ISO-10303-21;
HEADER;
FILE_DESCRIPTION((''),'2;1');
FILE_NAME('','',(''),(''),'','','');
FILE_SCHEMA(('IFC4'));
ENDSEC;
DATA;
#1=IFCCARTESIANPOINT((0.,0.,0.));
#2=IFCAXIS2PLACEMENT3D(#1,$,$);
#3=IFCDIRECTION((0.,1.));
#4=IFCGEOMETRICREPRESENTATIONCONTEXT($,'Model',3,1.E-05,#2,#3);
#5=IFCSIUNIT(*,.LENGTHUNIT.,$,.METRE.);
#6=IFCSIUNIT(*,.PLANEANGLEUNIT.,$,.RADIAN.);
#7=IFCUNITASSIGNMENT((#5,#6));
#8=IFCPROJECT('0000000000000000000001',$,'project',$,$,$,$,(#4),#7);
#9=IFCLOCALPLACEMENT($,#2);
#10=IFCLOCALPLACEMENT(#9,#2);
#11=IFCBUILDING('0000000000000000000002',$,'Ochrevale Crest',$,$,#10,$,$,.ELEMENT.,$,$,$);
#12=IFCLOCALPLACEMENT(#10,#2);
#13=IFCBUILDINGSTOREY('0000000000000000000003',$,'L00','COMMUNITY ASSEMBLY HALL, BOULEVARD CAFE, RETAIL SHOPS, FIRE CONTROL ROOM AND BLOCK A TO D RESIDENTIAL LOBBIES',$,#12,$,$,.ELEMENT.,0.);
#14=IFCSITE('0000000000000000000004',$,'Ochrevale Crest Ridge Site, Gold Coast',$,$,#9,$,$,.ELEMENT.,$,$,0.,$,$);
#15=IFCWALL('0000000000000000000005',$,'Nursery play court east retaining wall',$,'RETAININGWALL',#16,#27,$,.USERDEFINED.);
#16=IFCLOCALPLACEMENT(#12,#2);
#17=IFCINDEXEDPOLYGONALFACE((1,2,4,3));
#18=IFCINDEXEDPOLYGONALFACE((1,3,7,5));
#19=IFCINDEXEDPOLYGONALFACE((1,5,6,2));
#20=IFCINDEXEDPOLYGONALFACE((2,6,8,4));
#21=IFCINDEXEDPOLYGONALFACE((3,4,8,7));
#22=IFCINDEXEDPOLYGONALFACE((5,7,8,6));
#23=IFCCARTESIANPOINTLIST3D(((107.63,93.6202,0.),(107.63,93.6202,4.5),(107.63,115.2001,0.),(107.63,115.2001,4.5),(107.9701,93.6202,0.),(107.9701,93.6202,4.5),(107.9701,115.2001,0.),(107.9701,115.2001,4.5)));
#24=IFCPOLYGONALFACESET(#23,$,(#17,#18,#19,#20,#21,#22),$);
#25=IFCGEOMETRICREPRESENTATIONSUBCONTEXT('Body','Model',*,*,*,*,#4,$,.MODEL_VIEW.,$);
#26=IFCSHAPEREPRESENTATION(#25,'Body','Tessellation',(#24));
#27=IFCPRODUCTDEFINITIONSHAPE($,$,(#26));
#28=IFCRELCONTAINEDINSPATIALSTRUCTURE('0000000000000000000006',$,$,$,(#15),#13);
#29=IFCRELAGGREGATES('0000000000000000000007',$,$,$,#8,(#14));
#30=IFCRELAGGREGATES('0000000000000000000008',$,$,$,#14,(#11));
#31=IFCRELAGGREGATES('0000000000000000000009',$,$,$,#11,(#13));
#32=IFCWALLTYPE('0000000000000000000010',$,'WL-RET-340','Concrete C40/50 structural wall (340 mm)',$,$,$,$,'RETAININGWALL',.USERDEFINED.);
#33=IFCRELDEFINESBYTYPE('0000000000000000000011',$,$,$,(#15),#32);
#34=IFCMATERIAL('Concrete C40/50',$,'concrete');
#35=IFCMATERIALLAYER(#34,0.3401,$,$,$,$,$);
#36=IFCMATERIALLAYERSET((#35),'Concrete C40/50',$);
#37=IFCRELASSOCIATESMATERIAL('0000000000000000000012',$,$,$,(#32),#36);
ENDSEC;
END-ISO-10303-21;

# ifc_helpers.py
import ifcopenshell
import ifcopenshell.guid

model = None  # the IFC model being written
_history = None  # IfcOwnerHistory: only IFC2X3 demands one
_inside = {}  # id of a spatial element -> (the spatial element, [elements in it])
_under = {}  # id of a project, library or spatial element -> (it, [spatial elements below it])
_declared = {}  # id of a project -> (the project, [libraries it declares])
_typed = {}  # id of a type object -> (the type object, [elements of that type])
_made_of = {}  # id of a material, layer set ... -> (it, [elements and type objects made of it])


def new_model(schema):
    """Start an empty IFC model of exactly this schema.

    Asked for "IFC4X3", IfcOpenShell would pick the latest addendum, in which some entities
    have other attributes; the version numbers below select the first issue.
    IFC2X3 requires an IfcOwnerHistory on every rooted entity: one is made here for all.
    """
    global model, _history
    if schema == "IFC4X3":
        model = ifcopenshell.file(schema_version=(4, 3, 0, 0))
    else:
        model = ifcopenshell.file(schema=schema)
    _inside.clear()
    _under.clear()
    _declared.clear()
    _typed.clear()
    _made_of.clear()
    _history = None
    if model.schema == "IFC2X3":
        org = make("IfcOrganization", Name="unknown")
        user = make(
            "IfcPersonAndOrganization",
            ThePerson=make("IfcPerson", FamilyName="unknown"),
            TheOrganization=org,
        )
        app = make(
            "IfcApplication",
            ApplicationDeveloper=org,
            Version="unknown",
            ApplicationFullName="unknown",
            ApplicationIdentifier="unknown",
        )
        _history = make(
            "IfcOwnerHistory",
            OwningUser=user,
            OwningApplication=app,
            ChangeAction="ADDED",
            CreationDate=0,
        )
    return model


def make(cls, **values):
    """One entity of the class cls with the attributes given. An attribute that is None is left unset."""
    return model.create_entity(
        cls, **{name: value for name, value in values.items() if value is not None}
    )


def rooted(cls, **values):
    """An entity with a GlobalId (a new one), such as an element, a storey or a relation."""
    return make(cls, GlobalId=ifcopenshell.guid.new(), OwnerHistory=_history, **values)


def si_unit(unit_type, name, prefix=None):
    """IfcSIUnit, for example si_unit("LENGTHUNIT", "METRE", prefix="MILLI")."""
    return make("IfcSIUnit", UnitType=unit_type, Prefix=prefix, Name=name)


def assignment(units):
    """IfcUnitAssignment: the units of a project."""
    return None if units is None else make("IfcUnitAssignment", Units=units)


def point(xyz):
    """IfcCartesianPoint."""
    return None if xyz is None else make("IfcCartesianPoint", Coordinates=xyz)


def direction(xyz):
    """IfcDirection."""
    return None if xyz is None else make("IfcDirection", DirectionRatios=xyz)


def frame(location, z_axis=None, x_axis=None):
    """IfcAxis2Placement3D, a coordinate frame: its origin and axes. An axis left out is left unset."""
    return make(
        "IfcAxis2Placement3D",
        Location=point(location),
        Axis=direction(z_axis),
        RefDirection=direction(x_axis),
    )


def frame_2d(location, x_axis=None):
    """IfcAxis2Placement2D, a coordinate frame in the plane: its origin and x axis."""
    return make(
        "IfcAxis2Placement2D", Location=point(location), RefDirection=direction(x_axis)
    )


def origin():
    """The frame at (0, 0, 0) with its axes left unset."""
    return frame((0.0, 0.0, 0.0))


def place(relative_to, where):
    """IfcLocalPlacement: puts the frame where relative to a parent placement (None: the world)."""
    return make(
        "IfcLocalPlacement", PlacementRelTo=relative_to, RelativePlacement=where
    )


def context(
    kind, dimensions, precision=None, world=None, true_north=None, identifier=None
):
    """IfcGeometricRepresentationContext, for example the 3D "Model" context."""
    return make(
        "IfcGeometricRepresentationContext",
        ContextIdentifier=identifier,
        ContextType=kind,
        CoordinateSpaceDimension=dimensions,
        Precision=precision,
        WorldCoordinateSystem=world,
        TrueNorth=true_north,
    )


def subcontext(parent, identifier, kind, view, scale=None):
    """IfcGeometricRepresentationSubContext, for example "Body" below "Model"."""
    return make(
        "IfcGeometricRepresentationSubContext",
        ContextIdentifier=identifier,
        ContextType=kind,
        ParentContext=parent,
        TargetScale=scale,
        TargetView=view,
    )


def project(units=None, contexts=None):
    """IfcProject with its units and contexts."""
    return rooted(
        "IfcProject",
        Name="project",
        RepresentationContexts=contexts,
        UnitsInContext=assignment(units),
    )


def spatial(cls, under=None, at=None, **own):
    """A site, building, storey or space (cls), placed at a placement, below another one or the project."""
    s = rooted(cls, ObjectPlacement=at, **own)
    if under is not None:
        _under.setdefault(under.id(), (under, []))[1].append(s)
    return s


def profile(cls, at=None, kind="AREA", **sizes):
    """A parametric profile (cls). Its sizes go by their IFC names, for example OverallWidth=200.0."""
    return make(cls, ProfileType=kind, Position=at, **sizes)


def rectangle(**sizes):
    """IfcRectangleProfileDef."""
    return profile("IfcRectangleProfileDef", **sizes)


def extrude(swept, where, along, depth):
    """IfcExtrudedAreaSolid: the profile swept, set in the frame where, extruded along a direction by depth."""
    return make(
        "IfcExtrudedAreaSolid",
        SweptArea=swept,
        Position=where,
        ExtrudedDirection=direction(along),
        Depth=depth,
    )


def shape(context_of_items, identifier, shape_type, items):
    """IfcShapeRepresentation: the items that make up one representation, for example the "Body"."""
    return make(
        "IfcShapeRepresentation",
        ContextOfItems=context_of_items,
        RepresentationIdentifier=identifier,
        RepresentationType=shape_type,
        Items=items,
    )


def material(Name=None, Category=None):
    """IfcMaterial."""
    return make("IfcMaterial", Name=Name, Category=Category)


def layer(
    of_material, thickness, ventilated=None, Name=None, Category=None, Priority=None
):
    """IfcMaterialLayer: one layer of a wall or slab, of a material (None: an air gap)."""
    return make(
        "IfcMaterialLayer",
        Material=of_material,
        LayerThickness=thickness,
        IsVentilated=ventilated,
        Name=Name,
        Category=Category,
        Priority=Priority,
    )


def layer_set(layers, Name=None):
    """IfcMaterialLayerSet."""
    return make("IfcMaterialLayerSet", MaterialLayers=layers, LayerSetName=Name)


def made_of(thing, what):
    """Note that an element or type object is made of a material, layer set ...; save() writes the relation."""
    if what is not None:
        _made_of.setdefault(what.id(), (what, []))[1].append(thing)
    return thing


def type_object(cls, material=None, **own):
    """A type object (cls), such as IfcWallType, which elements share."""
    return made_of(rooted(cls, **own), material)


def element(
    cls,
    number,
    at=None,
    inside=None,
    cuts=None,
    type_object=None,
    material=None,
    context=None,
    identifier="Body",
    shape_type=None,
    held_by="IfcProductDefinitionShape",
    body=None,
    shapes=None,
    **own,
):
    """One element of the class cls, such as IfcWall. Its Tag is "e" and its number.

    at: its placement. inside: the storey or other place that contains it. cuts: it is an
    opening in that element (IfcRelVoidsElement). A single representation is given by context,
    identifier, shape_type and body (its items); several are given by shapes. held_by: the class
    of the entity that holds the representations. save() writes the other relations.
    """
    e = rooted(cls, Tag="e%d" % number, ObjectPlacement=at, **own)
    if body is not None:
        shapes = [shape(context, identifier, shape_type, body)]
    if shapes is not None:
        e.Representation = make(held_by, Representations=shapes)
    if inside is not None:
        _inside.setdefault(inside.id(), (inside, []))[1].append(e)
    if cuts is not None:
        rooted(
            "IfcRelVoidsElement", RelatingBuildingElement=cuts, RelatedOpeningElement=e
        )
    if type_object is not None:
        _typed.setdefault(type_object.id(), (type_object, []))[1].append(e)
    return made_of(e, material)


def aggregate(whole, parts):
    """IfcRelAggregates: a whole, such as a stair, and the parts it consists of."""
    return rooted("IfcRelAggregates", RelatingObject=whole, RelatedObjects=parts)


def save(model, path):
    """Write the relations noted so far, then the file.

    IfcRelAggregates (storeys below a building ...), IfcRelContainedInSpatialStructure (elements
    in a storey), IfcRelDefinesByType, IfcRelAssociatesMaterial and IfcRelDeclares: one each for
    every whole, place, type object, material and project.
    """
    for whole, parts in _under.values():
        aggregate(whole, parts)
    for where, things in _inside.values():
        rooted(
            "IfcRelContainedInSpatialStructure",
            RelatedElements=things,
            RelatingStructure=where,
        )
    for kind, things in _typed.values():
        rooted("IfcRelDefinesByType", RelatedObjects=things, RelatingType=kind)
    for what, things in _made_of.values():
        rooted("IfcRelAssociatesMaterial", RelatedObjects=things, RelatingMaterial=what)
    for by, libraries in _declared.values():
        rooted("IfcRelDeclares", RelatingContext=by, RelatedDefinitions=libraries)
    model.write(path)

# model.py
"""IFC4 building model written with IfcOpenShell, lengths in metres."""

from ifc_helpers import new_model, si_unit, direction, frame, frame_2d, origin, place, context, subcontext, project, spatial, rectangle, extrude, material, layer, layer_set, type_object, element, save


model = new_model("IFC4")

# Units and contexts
model_context = context("Model", 3, precision=1e-05, world=origin(), true_north=direction((0.0, 1.0)))
body_context = subcontext(model_context, "Body", "Model", "MODEL_VIEW")
ifc_project = project(units=[si_unit("LENGTHUNIT", "METRE"), si_unit("PLANEANGLEUNIT", "RADIAN")], contexts=[model_context])

# Site, building, storey
site_placement = place(None, origin())
site = spatial("IfcSite", under=ifc_project, at=site_placement, Name="Ochrevale Crest Ridge Site, Gold Coast", CompositionType="ELEMENT", RefElevation=0.0)
building_placement = place(site_placement, origin())
building = spatial("IfcBuilding", under=site, at=building_placement, Name="Ochrevale Crest", CompositionType="ELEMENT")
storey_placement = place(building_placement, origin())
storey = spatial("IfcBuildingStorey", under=building, at=storey_placement, Name="L00", Description="COMMUNITY ASSEMBLY HALL, BOULEVARD CAFE, RETAIL SHOPS, FIRE CONTROL ROOM AND BLOCK A TO D RESIDENTIAL LOBBIES", CompositionType="ELEMENT", Elevation=0.0)

# Wall
ifc_material_1 = material(Name="Concrete C40/50", Category="concrete")
ifc_layer = layer(ifc_material_1, 0.3401)
ifc_layer_set = layer_set([ifc_layer], Name="Concrete C40/50")
wall_type = type_object("IfcWallType", Name="WL-RET-340", Description="Concrete C40/50 structural wall (340 mm)", ElementType="RETAININGWALL", PredefinedType="USERDEFINED", material=ifc_layer_set)
wall_placement = place(storey_placement, frame((107.8, 93.6201, 0.0), z_axis=(0.0, 0.0, 1.0), x_axis=(0.0, 1.0, 0.0)))
element("IfcWall", 1, at=wall_placement, inside=storey, type_object=wall_type, Name="Nursery play court east retaining wall", ObjectType="RETAININGWALL", PredefinedType="USERDEFINED", context=body_context, shape_type="SweptSolid", body=[
    extrude(rectangle(XDim=21.5798, YDim=0.3401, at=frame_2d((10.79, 0.0))), origin(), (0.0, 0.0, 1.0), 4.5),
])

save(model, "model.ifc")
